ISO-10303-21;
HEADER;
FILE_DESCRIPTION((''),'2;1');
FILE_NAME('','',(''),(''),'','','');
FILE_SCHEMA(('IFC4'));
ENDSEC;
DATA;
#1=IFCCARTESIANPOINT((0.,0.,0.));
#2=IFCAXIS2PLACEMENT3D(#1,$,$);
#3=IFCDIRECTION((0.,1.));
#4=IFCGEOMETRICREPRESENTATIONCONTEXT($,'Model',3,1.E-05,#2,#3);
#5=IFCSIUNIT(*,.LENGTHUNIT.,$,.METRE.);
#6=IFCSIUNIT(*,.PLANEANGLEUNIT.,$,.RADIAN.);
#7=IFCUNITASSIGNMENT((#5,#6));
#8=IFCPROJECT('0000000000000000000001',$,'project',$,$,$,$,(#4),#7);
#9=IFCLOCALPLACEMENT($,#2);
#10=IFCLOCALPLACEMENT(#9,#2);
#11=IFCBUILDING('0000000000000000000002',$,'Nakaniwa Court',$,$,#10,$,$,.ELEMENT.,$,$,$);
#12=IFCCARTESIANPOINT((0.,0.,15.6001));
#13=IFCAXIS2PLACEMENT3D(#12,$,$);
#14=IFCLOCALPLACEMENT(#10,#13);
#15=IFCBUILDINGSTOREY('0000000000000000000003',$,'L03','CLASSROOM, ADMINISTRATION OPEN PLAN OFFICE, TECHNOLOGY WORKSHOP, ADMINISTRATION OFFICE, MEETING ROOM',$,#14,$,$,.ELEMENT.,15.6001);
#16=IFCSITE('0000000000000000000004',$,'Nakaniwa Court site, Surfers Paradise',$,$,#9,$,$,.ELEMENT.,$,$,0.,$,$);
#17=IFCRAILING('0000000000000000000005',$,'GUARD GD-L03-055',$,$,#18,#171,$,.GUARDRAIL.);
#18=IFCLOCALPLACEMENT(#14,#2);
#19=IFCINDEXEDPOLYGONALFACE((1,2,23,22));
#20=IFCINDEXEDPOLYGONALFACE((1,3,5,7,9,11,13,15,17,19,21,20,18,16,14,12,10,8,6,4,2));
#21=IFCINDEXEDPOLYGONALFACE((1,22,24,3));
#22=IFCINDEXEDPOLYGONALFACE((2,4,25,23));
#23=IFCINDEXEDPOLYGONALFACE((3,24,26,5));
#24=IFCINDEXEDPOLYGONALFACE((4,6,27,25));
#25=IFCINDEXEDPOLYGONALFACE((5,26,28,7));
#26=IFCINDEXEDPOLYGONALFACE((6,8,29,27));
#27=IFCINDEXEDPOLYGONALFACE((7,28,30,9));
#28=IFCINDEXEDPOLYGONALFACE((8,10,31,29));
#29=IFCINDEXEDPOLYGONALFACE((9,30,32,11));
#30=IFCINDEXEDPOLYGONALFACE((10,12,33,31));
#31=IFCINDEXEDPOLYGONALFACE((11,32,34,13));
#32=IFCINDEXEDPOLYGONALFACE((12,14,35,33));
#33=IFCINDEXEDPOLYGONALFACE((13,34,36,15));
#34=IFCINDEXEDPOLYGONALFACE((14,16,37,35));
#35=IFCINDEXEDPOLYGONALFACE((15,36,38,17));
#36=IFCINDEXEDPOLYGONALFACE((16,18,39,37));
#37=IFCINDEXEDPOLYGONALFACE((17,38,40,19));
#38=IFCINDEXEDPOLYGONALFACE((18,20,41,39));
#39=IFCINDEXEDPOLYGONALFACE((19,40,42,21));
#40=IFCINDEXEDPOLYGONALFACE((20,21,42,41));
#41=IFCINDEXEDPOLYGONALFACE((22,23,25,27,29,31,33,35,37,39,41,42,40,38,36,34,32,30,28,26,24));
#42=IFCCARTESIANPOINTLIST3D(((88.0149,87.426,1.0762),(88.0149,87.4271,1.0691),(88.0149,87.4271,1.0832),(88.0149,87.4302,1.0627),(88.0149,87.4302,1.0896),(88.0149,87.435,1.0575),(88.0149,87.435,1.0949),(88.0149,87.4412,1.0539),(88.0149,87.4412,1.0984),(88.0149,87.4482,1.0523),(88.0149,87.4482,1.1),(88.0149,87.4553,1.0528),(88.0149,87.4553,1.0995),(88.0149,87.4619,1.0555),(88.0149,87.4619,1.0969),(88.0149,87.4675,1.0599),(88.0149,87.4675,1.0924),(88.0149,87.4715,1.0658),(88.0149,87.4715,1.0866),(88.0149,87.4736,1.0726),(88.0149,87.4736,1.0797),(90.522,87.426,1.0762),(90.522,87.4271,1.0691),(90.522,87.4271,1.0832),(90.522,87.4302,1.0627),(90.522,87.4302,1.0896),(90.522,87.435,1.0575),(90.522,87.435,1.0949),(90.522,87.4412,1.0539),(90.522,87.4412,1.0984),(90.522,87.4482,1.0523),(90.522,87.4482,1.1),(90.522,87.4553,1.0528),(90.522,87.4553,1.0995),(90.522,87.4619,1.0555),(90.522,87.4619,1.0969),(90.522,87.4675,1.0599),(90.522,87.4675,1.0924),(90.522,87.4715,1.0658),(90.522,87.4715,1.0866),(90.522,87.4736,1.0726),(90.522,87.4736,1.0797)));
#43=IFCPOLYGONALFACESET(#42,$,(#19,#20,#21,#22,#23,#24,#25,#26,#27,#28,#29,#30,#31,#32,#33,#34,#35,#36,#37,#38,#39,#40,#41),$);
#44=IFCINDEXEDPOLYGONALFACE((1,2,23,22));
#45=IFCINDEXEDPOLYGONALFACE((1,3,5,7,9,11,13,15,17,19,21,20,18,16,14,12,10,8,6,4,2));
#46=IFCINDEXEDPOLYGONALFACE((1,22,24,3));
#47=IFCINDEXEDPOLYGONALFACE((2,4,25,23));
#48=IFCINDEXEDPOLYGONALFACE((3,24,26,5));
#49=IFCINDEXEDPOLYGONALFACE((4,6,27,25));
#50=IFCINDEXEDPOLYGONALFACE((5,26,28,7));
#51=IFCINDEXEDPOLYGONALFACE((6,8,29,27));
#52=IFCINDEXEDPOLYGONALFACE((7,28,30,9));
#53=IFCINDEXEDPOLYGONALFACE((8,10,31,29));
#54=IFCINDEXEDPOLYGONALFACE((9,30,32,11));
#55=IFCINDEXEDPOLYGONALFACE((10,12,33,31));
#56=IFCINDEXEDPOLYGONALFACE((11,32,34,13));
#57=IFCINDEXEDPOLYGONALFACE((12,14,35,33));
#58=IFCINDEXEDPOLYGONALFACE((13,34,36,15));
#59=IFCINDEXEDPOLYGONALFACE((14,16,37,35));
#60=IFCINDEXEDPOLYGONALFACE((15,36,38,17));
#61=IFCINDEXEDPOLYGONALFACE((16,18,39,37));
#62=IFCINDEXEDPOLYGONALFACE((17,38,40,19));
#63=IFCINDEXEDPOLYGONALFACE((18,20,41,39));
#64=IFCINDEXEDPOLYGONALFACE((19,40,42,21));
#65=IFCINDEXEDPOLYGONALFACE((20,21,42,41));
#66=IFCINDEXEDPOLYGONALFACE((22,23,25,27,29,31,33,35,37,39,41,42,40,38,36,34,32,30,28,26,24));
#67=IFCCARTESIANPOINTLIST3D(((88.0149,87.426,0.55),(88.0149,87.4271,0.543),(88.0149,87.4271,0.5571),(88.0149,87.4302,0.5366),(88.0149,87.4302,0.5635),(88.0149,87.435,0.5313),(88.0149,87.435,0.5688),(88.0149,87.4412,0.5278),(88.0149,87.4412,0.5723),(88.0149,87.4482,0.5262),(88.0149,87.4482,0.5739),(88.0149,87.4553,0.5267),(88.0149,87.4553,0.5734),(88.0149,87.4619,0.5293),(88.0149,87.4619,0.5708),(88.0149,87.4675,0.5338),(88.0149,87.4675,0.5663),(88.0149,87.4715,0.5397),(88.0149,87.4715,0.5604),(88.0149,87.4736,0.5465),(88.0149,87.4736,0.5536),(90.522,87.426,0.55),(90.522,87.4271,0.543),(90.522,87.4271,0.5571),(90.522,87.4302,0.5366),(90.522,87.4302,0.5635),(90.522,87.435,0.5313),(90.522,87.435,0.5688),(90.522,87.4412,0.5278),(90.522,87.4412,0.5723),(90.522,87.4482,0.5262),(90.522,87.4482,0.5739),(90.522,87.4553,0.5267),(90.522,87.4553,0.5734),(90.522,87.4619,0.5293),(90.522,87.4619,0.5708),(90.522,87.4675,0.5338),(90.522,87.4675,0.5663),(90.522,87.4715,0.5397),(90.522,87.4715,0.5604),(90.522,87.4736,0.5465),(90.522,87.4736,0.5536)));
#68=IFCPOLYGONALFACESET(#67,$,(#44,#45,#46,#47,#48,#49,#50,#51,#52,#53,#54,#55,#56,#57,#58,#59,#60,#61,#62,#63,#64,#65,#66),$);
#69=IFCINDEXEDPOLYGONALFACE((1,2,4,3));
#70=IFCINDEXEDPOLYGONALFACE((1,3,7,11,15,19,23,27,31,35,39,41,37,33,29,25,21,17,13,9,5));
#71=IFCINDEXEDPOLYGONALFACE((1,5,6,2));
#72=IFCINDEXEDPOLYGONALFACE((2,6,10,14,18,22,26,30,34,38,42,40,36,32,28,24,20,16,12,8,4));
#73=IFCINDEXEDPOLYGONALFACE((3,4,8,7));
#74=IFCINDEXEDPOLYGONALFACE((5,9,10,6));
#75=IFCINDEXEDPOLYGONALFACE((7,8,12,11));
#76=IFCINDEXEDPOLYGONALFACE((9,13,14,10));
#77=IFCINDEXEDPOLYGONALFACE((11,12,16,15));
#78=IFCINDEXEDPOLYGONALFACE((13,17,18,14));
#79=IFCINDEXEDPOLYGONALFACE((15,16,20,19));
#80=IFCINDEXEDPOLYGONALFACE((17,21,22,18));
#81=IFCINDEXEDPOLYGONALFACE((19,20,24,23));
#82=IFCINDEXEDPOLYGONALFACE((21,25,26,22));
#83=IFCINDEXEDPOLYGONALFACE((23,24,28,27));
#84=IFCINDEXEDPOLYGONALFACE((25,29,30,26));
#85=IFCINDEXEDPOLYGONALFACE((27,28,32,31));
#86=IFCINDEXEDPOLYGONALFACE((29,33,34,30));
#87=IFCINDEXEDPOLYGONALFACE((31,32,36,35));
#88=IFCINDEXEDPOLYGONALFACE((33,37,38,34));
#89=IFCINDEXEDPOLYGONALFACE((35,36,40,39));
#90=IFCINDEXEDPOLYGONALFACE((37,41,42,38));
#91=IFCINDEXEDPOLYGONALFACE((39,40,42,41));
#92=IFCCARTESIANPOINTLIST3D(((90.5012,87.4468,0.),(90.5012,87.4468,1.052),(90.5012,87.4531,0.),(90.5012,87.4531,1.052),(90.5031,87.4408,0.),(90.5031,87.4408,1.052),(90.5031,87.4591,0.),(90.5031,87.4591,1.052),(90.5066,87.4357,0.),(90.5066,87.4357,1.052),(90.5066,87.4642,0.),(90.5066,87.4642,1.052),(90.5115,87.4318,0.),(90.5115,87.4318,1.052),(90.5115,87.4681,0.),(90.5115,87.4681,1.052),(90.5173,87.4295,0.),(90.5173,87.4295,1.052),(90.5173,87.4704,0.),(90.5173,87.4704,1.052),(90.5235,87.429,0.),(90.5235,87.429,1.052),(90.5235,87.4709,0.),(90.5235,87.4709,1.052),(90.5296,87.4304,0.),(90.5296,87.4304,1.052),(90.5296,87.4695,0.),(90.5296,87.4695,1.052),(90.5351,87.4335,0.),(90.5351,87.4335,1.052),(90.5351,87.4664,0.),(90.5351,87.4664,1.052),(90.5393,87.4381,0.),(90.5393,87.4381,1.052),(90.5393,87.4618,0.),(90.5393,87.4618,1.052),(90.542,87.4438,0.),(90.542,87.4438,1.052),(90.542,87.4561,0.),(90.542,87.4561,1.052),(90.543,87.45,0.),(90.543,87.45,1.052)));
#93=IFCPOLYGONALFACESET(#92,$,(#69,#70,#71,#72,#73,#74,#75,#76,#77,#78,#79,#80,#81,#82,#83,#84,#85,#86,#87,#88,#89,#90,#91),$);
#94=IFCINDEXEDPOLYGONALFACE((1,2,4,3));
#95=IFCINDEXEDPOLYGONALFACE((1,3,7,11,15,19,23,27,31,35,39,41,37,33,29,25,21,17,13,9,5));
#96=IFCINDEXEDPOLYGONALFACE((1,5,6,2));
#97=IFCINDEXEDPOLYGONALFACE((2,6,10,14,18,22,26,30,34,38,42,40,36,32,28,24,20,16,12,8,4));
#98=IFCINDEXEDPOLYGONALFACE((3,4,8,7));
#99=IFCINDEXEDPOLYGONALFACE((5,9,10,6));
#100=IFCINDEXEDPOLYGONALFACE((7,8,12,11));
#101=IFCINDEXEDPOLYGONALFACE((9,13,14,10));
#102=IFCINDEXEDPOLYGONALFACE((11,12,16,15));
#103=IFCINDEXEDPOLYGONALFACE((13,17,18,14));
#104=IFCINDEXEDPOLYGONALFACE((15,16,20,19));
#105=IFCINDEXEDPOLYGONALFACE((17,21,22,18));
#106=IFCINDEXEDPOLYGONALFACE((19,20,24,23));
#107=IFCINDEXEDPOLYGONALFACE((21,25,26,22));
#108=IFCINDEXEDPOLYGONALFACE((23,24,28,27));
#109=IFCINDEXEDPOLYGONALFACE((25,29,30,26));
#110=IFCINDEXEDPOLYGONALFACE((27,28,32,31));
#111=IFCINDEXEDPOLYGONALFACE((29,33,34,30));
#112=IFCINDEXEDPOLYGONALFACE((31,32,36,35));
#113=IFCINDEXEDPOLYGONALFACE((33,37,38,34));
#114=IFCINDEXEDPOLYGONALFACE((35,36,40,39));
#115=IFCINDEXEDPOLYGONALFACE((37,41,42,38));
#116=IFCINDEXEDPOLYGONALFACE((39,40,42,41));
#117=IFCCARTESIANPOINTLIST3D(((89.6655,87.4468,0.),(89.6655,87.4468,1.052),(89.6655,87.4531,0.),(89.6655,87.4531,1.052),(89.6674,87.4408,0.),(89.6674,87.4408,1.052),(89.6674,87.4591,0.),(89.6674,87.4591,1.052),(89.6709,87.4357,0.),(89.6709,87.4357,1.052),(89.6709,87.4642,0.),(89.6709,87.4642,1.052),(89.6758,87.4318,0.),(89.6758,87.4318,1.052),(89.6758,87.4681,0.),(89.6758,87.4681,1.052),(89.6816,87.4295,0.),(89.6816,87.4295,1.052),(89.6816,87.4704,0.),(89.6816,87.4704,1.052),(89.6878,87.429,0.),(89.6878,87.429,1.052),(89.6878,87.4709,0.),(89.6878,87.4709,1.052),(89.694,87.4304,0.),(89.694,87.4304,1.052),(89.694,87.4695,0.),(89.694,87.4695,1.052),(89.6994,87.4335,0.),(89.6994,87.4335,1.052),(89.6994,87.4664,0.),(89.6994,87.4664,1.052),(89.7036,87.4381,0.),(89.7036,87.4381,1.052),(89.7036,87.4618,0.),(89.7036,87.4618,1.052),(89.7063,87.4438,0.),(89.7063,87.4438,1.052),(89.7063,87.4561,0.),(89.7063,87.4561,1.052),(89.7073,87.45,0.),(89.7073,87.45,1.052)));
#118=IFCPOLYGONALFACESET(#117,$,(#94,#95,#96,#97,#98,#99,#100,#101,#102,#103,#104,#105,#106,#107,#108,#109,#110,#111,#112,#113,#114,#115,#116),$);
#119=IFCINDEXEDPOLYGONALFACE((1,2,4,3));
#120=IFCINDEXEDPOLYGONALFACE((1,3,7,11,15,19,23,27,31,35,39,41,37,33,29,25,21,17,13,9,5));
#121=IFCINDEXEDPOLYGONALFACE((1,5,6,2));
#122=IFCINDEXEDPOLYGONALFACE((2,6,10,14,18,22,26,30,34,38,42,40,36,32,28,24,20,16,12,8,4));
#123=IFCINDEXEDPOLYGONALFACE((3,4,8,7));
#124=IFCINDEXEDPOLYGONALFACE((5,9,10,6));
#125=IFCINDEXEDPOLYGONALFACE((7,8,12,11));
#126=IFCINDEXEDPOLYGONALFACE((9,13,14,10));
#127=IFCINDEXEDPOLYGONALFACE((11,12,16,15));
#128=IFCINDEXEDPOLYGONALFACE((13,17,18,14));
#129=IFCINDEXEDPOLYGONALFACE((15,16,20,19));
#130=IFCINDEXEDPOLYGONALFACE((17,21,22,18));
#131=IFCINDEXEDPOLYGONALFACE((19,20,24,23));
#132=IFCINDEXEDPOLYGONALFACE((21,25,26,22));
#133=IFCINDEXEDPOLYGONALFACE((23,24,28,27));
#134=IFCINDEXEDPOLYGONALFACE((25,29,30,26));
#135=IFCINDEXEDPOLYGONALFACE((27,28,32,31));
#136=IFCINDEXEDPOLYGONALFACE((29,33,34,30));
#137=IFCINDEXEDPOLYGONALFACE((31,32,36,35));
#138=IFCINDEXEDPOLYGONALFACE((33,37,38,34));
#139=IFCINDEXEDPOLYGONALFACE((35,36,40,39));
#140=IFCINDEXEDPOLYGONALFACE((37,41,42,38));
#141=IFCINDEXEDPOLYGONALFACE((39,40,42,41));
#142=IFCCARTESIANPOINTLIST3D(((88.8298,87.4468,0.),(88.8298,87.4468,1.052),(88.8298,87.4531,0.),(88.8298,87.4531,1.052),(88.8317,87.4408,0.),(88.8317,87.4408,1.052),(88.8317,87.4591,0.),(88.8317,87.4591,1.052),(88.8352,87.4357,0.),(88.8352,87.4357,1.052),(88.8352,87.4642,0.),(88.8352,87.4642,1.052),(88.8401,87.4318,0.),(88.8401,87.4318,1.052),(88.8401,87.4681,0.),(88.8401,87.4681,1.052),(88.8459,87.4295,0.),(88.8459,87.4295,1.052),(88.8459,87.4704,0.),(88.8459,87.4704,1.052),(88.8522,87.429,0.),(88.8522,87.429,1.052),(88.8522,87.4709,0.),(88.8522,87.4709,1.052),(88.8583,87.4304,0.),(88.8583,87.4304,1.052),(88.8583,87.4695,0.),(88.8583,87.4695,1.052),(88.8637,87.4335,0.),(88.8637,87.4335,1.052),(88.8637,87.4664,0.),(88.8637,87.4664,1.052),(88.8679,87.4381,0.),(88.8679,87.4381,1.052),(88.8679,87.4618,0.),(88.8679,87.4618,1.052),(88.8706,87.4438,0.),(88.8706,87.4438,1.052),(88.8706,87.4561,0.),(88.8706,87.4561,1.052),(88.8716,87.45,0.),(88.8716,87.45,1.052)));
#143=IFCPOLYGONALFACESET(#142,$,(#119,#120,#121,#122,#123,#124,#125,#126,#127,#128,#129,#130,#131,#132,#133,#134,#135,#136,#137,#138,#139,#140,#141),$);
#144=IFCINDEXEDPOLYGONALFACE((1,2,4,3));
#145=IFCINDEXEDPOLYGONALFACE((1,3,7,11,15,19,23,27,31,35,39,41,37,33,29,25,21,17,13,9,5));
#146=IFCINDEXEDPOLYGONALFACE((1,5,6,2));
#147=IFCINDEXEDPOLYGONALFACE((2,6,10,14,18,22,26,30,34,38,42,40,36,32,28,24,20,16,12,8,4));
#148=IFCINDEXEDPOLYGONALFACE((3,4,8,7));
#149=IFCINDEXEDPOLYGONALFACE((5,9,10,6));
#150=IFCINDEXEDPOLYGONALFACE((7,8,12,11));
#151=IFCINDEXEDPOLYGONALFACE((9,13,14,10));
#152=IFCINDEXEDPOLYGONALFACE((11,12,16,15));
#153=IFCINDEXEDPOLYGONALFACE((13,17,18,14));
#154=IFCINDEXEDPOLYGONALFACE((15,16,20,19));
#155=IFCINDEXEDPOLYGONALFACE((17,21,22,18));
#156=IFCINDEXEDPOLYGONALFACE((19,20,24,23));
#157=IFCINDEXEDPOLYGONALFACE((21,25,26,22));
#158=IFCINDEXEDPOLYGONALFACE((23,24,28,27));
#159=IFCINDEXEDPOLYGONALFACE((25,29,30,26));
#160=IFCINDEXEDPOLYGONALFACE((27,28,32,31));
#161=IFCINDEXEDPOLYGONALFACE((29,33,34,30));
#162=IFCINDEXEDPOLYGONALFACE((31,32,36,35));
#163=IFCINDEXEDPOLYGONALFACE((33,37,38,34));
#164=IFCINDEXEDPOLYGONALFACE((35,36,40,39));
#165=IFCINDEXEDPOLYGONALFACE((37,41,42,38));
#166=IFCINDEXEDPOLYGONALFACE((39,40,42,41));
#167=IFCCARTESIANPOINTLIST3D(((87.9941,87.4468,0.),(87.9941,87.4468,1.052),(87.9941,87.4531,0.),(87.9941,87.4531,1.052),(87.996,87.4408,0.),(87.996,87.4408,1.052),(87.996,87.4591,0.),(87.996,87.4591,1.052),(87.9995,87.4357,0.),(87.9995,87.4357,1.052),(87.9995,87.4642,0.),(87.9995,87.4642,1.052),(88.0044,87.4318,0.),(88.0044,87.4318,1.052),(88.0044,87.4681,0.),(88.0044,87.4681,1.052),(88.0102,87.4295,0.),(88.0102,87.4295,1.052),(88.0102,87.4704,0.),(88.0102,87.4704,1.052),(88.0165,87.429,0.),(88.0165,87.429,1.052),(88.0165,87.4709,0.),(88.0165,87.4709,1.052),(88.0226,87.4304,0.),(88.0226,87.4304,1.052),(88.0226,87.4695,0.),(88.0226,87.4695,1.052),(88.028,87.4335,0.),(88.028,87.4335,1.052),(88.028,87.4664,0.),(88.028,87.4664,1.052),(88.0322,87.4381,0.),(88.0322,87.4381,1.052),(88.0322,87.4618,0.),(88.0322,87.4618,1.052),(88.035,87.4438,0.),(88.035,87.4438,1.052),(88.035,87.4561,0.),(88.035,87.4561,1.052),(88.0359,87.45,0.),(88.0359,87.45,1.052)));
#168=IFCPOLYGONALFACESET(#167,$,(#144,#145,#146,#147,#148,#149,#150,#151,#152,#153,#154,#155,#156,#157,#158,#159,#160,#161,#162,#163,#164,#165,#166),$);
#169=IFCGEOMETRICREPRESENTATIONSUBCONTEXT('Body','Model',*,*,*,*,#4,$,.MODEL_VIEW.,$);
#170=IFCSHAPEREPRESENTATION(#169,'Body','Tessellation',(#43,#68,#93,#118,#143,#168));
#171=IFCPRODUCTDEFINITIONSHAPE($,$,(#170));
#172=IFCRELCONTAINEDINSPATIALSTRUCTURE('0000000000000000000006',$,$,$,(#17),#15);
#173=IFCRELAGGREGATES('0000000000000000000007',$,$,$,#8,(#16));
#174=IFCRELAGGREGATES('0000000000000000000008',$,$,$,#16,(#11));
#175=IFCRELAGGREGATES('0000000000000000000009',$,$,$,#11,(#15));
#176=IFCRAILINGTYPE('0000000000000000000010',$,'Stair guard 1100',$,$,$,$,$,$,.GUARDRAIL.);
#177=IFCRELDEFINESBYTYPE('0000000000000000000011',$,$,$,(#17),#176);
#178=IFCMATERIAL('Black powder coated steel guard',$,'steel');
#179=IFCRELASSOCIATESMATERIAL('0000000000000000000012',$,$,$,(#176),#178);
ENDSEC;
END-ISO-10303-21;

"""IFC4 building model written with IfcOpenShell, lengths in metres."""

from ifc_helpers import new_model, si_unit, direction, frame, origin, origin_2d, place, context, subcontext, project, spatial, circle, extrude, material, type_object, element, save


model = new_model("IFC4")

# Units and contexts
model_context = context("Model", 3, precision=1e-05, world=origin(), true_north=direction((0.0, 1.0)))
body_context = subcontext(model_context, "Body", "Model", "MODEL_VIEW")
ifc_project = project(units=[si_unit("LENGTHUNIT", "METRE"), si_unit("PLANEANGLEUNIT", "RADIAN")], contexts=[model_context])

# Site, building, storey
site_placement = place(None, origin())
site = spatial("IfcSite", under=ifc_project, at=site_placement, Name="Nakaniwa Court site, Surfers Paradise", CompositionType="ELEMENT", RefElevation=0.0)
building_placement = place(site_placement, origin())
building = spatial("IfcBuilding", under=site, at=building_placement, Name="Nakaniwa Court", CompositionType="ELEMENT")
storey_placement = place(building_placement, frame((0.0, 0.0, 15.6001)))
storey = spatial("IfcBuildingStorey", under=building, at=storey_placement, Name="L03", Description="CLASSROOM, ADMINISTRATION OPEN PLAN OFFICE, TECHNOLOGY WORKSHOP, ADMINISTRATION OFFICE, MEETING ROOM", CompositionType="ELEMENT", Elevation=15.6001)

# Railing
ifc_material_1 = material(Name="Black powder coated steel guard", Category="steel")
railing_type = type_object("IfcRailingType", Name="Stair guard 1100", PredefinedType="GUARDRAIL", material=ifc_material_1)
railing_1_placement = place(storey_placement, frame((90.522, 87.45, 0.0)))
element("IfcRailing", 1, at=railing_1_placement, inside=storey, type_object=railing_type, Name="GUARD GD-L03-055", PredefinedType="GUARDRAIL", context=body_context, shape_type="SweptSolid", body=[
    extrude(circle(Radius=0.0239, at=origin_2d()), frame((0.0, 0.0, 1.0762), z_axis=(-1.0, 0.0, 0.0), x_axis=(0.0, -1.0, 0.0)), (0.0, 0.0, 1.0), 2.5071),
    extrude(circle(Radius=0.0239, at=origin_2d()), frame((0.0, 0.0, 0.55), z_axis=(-1.0, 0.0, 0.0), x_axis=(0.0, -1.0, 0.0)), (0.0, 0.0, 1.0), 2.5071),
    extrude(circle(Radius=0.021, at=origin_2d()), origin(), (0.0, 0.0, 1.0), 1.052),
    extrude(circle(Radius=0.021, at=origin_2d()), frame((-0.8357, 0.0, 0.0)), (0.0, 0.0, 1.0), 1.052),
    extrude(circle(Radius=0.021, at=origin_2d()), frame((-1.6714, 0.0, 0.0)), (0.0, 0.0, 1.0), 1.052),
    extrude(circle(Radius=0.021, at=origin_2d()), frame((-2.5071, 0.0, 0.0)), (0.0, 0.0, 1.0), 1.052),
])

save(model, "model.ifc")
